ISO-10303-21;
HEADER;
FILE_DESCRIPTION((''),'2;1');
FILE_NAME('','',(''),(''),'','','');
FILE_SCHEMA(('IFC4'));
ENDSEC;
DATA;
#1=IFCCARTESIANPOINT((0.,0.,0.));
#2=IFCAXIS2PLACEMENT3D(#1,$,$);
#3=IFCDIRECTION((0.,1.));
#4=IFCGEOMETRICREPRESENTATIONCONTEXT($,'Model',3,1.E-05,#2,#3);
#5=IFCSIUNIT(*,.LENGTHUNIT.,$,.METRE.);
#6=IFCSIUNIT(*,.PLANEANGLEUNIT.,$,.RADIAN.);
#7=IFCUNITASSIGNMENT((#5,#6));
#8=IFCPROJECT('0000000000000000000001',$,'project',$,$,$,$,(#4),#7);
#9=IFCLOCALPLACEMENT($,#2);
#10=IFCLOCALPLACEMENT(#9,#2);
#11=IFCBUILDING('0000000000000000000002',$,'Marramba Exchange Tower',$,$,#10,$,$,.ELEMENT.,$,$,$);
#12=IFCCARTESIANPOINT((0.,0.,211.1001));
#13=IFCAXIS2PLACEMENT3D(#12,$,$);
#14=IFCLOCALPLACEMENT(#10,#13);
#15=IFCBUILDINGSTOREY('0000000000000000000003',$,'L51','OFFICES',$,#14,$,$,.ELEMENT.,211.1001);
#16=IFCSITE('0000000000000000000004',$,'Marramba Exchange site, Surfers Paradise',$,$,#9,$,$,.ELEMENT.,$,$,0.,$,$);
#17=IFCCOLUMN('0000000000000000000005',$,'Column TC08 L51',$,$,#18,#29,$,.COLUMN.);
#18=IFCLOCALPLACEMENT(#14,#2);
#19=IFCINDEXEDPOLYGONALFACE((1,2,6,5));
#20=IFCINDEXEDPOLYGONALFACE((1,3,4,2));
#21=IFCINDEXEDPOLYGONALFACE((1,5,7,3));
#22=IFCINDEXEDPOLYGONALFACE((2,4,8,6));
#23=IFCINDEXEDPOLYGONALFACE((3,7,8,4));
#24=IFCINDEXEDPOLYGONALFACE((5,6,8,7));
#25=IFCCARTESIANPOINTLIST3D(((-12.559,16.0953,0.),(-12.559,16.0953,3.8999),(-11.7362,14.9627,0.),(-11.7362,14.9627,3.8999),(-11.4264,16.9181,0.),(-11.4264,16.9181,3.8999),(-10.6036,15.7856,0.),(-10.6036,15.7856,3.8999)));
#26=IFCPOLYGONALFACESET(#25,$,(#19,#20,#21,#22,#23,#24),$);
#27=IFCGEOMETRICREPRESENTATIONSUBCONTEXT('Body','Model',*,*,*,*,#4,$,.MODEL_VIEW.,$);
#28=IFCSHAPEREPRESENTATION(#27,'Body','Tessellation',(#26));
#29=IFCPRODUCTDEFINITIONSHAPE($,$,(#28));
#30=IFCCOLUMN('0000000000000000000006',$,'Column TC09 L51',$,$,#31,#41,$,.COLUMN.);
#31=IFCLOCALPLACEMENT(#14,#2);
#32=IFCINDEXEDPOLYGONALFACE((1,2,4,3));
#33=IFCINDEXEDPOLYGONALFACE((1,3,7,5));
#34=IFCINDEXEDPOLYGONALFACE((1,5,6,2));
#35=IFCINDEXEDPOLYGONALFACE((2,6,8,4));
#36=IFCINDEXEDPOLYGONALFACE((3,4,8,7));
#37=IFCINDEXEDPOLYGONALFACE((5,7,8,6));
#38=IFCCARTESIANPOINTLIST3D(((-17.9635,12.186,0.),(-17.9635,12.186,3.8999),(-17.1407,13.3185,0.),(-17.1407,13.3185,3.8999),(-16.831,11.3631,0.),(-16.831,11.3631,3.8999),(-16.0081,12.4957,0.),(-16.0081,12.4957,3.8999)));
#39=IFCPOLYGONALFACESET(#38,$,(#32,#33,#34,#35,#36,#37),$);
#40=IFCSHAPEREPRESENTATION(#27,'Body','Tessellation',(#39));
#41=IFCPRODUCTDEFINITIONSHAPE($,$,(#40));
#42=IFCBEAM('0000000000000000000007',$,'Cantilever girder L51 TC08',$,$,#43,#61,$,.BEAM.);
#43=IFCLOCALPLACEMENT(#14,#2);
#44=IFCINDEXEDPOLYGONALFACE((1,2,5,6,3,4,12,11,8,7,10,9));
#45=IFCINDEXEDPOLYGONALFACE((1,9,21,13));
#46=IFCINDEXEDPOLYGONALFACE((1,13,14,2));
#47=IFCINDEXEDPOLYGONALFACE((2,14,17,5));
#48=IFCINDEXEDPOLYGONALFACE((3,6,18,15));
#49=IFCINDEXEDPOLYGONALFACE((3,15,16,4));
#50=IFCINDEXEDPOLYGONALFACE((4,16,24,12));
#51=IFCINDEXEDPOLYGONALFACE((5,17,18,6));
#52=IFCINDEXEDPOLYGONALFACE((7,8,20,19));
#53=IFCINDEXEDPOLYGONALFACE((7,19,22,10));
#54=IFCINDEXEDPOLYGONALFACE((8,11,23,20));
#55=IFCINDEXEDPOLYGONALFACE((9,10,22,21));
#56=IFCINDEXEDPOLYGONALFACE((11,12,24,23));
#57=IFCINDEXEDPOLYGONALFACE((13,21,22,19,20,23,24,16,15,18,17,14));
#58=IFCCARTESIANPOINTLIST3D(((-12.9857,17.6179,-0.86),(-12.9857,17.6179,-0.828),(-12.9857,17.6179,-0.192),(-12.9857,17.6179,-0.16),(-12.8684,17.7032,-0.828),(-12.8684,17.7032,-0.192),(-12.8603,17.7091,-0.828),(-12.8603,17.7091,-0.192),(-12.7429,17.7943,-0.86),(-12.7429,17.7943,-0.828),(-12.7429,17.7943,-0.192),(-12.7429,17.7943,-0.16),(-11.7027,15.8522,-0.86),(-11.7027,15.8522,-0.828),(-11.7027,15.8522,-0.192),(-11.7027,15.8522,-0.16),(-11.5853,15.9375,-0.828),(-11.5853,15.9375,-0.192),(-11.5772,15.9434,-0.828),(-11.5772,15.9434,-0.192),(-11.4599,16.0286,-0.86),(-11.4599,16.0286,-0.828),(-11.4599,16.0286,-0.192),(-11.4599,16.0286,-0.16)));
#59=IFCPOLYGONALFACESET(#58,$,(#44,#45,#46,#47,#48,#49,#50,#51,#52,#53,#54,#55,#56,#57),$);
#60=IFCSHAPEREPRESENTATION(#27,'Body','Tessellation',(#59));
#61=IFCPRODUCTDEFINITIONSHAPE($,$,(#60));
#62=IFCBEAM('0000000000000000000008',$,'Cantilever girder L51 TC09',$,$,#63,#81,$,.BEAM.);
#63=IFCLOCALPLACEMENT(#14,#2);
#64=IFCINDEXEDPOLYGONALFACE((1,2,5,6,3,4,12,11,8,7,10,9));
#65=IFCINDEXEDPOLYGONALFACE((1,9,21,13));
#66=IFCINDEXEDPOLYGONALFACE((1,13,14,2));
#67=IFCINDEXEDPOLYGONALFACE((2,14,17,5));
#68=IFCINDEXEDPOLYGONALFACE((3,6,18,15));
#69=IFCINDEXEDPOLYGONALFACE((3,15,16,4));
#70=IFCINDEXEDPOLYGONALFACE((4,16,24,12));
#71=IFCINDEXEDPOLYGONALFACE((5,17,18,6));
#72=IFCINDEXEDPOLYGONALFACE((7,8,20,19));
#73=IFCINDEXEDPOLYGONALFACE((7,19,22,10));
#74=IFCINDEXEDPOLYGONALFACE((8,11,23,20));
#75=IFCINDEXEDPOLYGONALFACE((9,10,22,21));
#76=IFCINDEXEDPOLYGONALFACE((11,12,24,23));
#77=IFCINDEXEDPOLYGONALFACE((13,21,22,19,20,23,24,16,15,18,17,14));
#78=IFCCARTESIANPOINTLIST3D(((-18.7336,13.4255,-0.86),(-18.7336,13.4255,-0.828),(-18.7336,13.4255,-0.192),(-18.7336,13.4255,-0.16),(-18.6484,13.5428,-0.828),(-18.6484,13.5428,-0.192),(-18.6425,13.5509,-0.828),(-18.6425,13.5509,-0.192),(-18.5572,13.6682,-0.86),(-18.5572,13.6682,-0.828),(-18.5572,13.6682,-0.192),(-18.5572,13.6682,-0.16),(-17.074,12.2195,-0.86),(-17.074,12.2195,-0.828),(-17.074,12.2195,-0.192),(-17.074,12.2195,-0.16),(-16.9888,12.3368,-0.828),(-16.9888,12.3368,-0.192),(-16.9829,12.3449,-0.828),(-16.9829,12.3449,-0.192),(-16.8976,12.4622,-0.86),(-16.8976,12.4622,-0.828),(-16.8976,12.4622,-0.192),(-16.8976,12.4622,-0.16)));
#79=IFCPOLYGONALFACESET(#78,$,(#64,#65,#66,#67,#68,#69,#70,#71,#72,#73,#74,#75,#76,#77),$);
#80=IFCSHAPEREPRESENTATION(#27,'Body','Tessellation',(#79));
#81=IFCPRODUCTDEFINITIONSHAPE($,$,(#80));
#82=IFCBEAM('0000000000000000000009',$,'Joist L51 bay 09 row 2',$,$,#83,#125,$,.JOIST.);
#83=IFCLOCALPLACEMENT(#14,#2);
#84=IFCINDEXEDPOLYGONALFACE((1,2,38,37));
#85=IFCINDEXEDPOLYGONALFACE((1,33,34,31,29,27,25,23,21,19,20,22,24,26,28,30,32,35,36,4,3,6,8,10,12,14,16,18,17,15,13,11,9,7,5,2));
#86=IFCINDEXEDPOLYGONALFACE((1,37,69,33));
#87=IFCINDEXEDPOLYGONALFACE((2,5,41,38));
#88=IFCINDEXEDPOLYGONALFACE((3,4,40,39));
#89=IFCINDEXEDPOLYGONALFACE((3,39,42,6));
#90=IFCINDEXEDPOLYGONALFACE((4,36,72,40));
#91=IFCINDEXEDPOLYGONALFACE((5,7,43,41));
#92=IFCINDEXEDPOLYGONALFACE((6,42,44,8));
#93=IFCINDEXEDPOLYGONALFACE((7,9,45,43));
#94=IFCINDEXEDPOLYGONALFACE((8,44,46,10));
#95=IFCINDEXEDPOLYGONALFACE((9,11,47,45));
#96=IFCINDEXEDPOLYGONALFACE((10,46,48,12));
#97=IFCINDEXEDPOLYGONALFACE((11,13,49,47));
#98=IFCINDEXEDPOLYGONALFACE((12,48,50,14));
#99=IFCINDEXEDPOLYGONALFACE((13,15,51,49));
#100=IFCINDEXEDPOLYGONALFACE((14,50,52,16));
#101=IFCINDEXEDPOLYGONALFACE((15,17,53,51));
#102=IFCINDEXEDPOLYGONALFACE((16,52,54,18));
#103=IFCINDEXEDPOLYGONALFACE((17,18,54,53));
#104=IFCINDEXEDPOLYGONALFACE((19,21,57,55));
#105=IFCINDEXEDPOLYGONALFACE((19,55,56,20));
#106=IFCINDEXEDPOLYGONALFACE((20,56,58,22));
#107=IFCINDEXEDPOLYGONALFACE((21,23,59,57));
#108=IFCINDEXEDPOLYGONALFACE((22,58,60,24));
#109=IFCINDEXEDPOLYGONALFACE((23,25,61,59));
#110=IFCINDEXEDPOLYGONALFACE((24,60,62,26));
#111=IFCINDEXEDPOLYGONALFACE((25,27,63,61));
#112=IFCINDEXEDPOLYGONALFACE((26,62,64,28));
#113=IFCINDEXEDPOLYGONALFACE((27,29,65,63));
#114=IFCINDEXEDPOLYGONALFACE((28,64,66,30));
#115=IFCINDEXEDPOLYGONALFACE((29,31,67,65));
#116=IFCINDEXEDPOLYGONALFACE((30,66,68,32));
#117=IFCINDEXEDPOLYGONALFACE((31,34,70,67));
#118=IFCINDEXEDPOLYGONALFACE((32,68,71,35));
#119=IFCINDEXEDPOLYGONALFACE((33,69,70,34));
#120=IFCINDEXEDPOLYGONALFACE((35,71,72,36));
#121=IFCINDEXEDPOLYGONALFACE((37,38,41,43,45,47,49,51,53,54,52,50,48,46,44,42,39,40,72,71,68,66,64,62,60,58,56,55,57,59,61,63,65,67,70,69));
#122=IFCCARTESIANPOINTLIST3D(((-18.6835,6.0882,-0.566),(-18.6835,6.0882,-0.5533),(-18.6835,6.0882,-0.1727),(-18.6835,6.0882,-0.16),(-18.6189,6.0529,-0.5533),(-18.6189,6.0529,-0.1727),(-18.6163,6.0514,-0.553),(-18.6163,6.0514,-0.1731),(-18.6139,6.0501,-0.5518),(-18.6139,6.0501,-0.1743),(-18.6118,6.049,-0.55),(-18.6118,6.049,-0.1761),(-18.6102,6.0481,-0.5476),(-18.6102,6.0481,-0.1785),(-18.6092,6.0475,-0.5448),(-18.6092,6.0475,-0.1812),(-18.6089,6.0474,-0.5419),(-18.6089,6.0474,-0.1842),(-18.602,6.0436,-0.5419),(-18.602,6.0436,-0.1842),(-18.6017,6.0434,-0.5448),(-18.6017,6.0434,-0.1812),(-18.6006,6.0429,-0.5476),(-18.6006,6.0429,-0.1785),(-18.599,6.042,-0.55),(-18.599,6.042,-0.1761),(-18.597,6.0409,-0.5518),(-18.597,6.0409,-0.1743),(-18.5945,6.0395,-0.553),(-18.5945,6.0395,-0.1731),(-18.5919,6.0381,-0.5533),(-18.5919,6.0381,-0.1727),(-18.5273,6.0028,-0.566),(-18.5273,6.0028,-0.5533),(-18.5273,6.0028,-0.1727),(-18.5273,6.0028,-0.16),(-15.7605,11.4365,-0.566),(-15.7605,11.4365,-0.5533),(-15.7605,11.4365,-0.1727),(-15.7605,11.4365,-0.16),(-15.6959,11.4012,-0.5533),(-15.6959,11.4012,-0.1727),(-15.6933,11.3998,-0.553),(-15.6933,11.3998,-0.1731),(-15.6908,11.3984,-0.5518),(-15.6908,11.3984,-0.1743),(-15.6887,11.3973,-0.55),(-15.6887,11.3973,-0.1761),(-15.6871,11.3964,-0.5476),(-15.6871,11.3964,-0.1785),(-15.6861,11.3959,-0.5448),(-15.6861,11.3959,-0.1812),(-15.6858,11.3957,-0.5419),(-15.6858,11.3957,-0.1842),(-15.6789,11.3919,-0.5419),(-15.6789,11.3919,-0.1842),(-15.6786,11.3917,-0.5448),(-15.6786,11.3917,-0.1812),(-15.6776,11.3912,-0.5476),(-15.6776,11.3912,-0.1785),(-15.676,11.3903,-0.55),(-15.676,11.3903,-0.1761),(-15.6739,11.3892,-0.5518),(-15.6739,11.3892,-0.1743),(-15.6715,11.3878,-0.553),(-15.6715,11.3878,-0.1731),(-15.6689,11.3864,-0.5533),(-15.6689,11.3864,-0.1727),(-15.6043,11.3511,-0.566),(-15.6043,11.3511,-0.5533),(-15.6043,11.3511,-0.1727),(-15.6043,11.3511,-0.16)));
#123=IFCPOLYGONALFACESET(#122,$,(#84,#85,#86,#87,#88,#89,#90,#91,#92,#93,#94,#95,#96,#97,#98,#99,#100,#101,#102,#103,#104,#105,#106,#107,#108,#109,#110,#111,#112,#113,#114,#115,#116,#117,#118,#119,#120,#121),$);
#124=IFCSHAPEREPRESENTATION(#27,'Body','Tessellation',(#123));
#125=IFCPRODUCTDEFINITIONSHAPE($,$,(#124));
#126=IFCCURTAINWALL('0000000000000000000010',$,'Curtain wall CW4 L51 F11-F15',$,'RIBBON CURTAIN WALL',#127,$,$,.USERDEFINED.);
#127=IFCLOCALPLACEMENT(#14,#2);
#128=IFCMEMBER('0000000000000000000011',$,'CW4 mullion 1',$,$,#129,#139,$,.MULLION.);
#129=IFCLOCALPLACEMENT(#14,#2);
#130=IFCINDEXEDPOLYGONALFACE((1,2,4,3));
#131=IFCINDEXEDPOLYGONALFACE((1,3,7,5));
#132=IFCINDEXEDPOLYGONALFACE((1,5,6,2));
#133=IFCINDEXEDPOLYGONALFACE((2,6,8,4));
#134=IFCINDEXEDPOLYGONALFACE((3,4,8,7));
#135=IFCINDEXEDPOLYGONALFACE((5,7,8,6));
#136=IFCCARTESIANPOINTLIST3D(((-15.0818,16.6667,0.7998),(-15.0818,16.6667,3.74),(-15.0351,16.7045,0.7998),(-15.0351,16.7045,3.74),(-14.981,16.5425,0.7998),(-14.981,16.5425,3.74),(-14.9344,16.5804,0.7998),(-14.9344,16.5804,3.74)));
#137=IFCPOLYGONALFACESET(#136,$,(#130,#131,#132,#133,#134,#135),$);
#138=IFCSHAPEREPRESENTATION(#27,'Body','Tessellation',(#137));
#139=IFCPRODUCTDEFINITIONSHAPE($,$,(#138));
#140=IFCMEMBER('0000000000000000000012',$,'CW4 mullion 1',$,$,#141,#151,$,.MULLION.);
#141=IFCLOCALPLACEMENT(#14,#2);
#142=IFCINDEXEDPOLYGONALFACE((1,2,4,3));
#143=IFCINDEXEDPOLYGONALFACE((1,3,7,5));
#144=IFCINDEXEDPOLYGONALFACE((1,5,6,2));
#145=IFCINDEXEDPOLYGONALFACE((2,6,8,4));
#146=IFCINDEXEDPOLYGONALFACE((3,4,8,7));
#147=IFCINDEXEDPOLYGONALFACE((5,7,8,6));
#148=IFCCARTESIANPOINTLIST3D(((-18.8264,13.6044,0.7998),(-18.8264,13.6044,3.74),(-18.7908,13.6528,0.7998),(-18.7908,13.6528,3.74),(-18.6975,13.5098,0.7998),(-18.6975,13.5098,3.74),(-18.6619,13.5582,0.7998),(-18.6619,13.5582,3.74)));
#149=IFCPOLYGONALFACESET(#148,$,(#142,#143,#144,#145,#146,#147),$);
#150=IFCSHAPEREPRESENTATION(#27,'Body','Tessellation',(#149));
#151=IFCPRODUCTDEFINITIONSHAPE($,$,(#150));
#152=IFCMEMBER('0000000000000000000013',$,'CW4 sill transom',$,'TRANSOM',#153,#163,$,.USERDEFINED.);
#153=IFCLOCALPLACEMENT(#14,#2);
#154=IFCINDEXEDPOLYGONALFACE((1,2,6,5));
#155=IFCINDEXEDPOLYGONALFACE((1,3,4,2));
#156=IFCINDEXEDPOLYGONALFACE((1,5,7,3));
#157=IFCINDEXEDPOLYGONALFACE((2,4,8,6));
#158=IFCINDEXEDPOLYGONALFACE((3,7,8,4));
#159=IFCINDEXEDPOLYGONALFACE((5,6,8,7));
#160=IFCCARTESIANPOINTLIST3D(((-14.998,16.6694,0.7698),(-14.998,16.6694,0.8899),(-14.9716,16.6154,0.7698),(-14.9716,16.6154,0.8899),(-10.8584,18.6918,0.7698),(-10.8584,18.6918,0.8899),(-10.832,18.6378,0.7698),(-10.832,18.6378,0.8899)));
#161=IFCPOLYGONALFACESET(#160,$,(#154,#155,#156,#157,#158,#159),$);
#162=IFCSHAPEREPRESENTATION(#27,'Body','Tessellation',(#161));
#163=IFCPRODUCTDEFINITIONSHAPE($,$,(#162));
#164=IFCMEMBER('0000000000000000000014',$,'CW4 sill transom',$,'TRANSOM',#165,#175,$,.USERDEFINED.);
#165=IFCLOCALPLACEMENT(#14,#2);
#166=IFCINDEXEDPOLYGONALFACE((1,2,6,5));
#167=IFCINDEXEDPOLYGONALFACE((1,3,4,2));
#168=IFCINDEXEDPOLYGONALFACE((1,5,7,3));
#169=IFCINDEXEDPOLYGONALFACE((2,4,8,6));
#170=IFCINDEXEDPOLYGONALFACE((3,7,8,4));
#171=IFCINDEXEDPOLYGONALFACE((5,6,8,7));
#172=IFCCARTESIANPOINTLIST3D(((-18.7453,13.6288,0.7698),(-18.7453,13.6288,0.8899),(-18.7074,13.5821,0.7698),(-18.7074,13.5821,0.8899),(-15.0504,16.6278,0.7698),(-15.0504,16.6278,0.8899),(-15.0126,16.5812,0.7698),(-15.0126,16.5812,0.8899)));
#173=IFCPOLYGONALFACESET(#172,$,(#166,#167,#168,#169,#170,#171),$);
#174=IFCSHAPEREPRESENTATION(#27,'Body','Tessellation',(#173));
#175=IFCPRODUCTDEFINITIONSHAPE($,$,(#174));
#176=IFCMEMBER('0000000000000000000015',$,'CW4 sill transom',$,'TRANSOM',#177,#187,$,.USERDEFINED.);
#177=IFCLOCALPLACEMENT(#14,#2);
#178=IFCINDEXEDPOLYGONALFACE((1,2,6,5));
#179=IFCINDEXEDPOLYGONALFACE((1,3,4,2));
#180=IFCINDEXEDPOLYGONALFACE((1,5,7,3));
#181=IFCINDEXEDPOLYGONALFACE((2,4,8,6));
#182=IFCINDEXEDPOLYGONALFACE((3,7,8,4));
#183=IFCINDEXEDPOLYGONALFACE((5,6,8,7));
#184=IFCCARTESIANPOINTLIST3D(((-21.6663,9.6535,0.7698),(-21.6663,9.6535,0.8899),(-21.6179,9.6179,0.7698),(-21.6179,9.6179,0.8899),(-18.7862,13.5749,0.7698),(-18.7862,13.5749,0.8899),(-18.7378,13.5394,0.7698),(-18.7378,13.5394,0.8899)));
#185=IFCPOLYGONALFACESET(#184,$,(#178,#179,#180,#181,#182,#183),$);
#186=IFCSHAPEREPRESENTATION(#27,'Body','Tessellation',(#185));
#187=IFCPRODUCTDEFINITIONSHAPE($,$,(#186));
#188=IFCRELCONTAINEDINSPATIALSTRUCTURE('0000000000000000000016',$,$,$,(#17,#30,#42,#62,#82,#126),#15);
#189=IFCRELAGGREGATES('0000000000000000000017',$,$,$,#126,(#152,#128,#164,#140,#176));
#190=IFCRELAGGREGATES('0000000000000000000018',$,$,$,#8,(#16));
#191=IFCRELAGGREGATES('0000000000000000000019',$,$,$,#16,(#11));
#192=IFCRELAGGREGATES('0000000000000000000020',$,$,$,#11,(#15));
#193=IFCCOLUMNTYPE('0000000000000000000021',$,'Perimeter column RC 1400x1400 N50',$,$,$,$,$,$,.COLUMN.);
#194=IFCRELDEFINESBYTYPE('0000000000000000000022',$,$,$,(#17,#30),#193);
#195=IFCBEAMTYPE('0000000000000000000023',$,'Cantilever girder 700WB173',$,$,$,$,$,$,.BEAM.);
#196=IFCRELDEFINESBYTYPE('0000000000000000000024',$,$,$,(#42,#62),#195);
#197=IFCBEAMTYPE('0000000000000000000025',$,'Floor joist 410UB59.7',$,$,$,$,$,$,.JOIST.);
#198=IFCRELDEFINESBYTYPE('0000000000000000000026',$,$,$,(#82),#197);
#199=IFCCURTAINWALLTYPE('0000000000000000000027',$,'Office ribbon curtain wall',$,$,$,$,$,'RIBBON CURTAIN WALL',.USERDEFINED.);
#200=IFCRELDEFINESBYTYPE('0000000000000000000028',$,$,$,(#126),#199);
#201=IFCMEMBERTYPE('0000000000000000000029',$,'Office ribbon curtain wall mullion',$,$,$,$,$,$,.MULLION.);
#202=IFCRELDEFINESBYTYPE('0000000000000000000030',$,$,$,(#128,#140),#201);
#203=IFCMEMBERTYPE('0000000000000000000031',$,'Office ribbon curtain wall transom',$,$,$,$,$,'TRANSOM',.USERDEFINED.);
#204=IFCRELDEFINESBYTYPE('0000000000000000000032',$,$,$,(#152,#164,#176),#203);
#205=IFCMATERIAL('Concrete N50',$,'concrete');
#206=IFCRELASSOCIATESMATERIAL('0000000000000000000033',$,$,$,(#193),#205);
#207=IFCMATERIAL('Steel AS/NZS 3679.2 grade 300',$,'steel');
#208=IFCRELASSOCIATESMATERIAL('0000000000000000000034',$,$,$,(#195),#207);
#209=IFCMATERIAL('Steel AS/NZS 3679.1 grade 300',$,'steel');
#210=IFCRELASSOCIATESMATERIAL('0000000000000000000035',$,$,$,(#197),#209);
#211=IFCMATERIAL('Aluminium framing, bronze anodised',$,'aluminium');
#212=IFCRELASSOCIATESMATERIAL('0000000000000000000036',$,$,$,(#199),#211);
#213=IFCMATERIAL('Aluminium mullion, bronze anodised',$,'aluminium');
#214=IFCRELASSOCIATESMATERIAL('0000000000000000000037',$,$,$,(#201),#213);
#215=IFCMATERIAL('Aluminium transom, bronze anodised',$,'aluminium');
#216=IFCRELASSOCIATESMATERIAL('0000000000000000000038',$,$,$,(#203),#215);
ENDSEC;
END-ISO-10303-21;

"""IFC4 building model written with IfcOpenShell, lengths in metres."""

from ifc_helpers import new_model, si_unit, direction, frame, origin, origin_2d, place, context, subcontext, project, spatial, rectangle, i_section, extrude, material, material_profile, profile_set, type_object, element, aggregate, save


model = new_model("IFC4")

# Units and contexts
model_context = context("Model", 3, precision=1e-05, world=origin(), true_north=direction((0.0, 1.0)))
body_context = subcontext(model_context, "Body", "Model", "MODEL_VIEW")
ifc_project = project(units=[si_unit("LENGTHUNIT", "METRE"), si_unit("PLANEANGLEUNIT", "RADIAN")], contexts=[model_context])

# Site, building, storey
site_placement = place(None, origin())
site = spatial("IfcSite", under=ifc_project, at=site_placement, Name="Marramba Exchange site, Surfers Paradise", CompositionType="ELEMENT", RefElevation=0.0)
building_placement = place(site_placement, origin())
building = spatial("IfcBuilding", under=site, at=building_placement, Name="Marramba Exchange Tower", CompositionType="ELEMENT")
storey_placement = place(building_placement, frame((0.0, 0.0, 211.1001)))
storey = spatial("IfcBuildingStorey", under=building, at=storey_placement, Name="L51", Description="OFFICES", CompositionType="ELEMENT", Elevation=211.1001)

# Columns
ifc_material_1 = material(Name="Concrete N50", Category="concrete")
ifc_material_profile_1 = material_profile(ifc_material_1, rectangle(XDim=1.3999, YDim=1.3999, at=origin_2d()), Name="RC 1400x1400")
ifc_profile_set_1 = profile_set([ifc_material_profile_1], Name="Concrete N50")
column_type = type_object("IfcColumnType", Name="Perimeter column RC 1400x1400 N50", PredefinedType="COLUMN", material=ifc_profile_set_1)
for number, where, z_axis, x_axis, name in (
    (1, (-11.5813, 15.9404, 0.0), (0.0, 0.0, 1.0), (-0.587785, 0.809017, 0.0), "Column TC08 L51"),
    (2, (-16.9858, 12.3408, 0.0), (0.0, 0.0, 1.0), (-0.809017, 0.587785, 0.0), "Column TC09 L51"),
):
    element("IfcColumn", number, at=place(storey_placement, frame(where, z_axis=z_axis, x_axis=x_axis)), inside=storey, type_object=column_type, Name=name, PredefinedType="COLUMN", context=body_context, shape_type="SweptSolid", body=[
        extrude(rectangle(XDim=1.3999, YDim=1.3999, at=origin_2d()), origin(), (0.0, 0.0, 1.0), 3.8999),
    ])

# Beams
ifc_material_2 = material(Name="Steel AS/NZS 3679.2 grade 300", Category="steel")
ifc_material_profile_2 = material_profile(ifc_material_2, i_section(OverallWidth=0.3, OverallDepth=0.7, WebThickness=0.01, FlangeThickness=0.032, at=origin_2d()), Name="700WB173")
ifc_profile_set_2 = profile_set([ifc_material_profile_2], Name="Steel AS/NZS 3679.2 grade 300")
beam_type_1 = type_object("IfcBeamType", Name="Cantilever girder 700WB173", PredefinedType="BEAM", material=ifc_profile_set_2)
beam_1_placement = place(storey_placement, frame((-11.5813, 15.9404, -0.51), z_axis=(-0.587832, 0.808983, 0.0), x_axis=(-0.808983, -0.587832, 0.0)))
element("IfcBeam", 3, at=beam_1_placement, inside=storey, type_object=beam_type_1, Name="Cantilever girder L51 TC08", PredefinedType="BEAM", context=body_context, shape_type="SweptSolid", body=[
    extrude(i_section(OverallWidth=0.3, OverallDepth=0.7, WebThickness=0.01, FlangeThickness=0.032, at=origin_2d()), origin(), (0.0, 0.0, 1.0), 2.1826),
])
beam_2_placement = place(storey_placement, frame((-16.9858, 12.3408, -0.51), z_axis=(-0.808962, 0.58786, 0.0), x_axis=(-0.58786, -0.808962, 0.0)))
element("IfcBeam", 4, at=beam_2_placement, inside=storey, type_object=beam_type_1, Name="Cantilever girder L51 TC09", PredefinedType="BEAM", context=body_context, shape_type="SweptSolid", body=[
    extrude(i_section(OverallWidth=0.3, OverallDepth=0.7, WebThickness=0.01, FlangeThickness=0.032, at=origin_2d()), origin(), (0.0, 0.0, 1.0), 2.0515),
])
ifc_material_3 = material(Name="Steel AS/NZS 3679.1 grade 300", Category="steel")
ifc_material_profile_3 = material_profile(ifc_material_3, i_section(OverallWidth=0.178, OverallDepth=0.406, WebThickness=0.0078, FlangeThickness=0.0127, FilletRadius=0.0115, at=origin_2d()), Name="410UB59.7")
ifc_profile_set_3 = profile_set([ifc_material_profile_3], Name="Steel AS/NZS 3679.1 grade 300")
beam_type_2 = type_object("IfcBeamType", Name="Floor joist 410UB59.7", PredefinedType="JOIST", material=ifc_profile_set_3)
beam_3_placement = place(storey_placement, frame((-15.6824, 11.3938, -0.363), z_axis=(-0.479584, -0.877496, 0.0), x_axis=(0.877496, -0.479584, 0.0)))
element("IfcBeam", 5, at=beam_3_placement, inside=storey, type_object=beam_type_2, Name="Joist L51 bay 09 row 2", PredefinedType="JOIST", context=body_context, shape_type="SweptSolid", body=[
    extrude(i_section(OverallWidth=0.178, OverallDepth=0.406, WebThickness=0.0078, FlangeThickness=0.0127, FilletRadius=0.0115, at=origin_2d()), origin(), (0.0, 0.0, 1.0), 6.095),
])

# Curtain wall, members
ifc_material_4 = material(Name="Aluminium framing, bronze anodised", Category="aluminium")
curtain_wall_type = type_object("IfcCurtainWallType", Name="Office ribbon curtain wall", ElementType="RIBBON CURTAIN WALL", PredefinedType="USERDEFINED", material=ifc_material_4)
curtain_wall_placement = place(storey_placement, origin())
curtain_wall = element("IfcCurtainWall", 6, at=curtain_wall_placement, inside=storey, type_object=curtain_wall_type, Name="Curtain wall CW4 L51 F11-F15", ObjectType="RIBBON CURTAIN WALL", PredefinedType="USERDEFINED")
ifc_material_5 = material(Name="Aluminium mullion, bronze anodised", Category="aluminium")
ifc_material_profile_4 = material_profile(ifc_material_5, rectangle(XDim=0.1599, YDim=0.0601, at=origin_2d()), Name="CW4 mullion 60x160")
ifc_profile_set_4 = profile_set([ifc_material_profile_4], Name="Aluminium mullion, bronze anodised")
member_type_1 = type_object("IfcMemberType", Name="Office ribbon curtain wall mullion", PredefinedType="MULLION", material=ifc_profile_set_4)
member_1_placement = place(storey_placement, frame((-15.0081, 16.6235, 0.7998), z_axis=(0.0, 0.0, 1.0), x_axis=(0.630201, -0.776432, 0.0)))
member_1 = element("IfcMember", 7, at=member_1_placement, type_object=member_type_1, Name="CW4 mullion 1", PredefinedType="MULLION", context=body_context, shape_type="SweptSolid", body=[
    extrude(rectangle(XDim=0.1599, YDim=0.0601, at=origin_2d()), origin(), (0.0, 0.0, 1.0), 2.9402),
])
member_2_placement = place(storey_placement, frame((-18.7441, 13.5813, 0.7998), z_axis=(0.0, 0.0, 1.0), x_axis=(0.805965, -0.591963, 0.0)))
member_2 = element("IfcMember", 8, at=member_2_placement, type_object=member_type_1, Name="CW4 mullion 1", PredefinedType="MULLION", context=body_context, shape_type="SweptSolid", body=[
    extrude(rectangle(XDim=0.1599, YDim=0.0601, at=origin_2d()), origin(), (0.0, 0.0, 1.0), 2.9402),
])
ifc_material_6 = material(Name="Aluminium transom, bronze anodised", Category="aluminium")
ifc_material_profile_5 = material_profile(ifc_material_6, rectangle(XDim=0.0601, YDim=0.1201, at=origin_2d()), Name="CW4 transom 60x120")
ifc_profile_set_5 = profile_set([ifc_material_profile_5], Name="Aluminium transom, bronze anodised")
member_type_2 = type_object("IfcMemberType", Name="Office ribbon curtain wall transom", ElementType="TRANSOM", PredefinedType="USERDEFINED", material=ifc_profile_set_5)
member_3_placement = place(storey_placement, frame((-10.8452, 18.6648, 0.8298), z_axis=(-0.898501, -0.438971, 0.0), x_axis=(0.438971, -0.898501, 0.0)))
member_3 = element("IfcMember", 9, at=member_3_placement, type_object=member_type_2, Name="CW4 sill transom", ObjectType="TRANSOM", PredefinedType="USERDEFINED", context=body_context, shape_type="SweptSolid", body=[
    extrude(rectangle(XDim=0.0601, YDim=0.1201, at=origin_2d()), origin(), (0.0, 0.0, 1.0), 4.6072),
])
member_4_placement = place(storey_placement, frame((-15.0315, 16.6045, 0.8298), z_axis=(-0.776425, -0.63021, 0.0), x_axis=(0.63021, -0.776425, 0.0)))
member_4 = element("IfcMember", 10, at=member_4_placement, type_object=member_type_2, Name="CW4 sill transom", ObjectType="TRANSOM", PredefinedType="USERDEFINED", context=body_context, shape_type="SweptSolid", body=[
    extrude(rectangle(XDim=0.0601, YDim=0.1201, at=origin_2d()), origin(), (0.0, 0.0, 1.0), 4.7588),
])
member_5_placement = place(storey_placement, frame((-18.762, 13.5571, 0.8298), z_axis=(-0.591957, -0.805969, 0.0), x_axis=(0.805969, -0.591957, 0.0)))
member_5 = element("IfcMember", 11, at=member_5_placement, type_object=member_type_2, Name="CW4 sill transom", ObjectType="TRANSOM", PredefinedType="USERDEFINED", context=body_context, shape_type="SweptSolid", body=[
    extrude(rectangle(XDim=0.0601, YDim=0.1201, at=origin_2d()), origin(), (0.0, 0.0, 1.0), 4.8655),
])

aggregate(curtain_wall, [member_3, member_1, member_4, member_2, member_5])

save(model, "model.ifc")
